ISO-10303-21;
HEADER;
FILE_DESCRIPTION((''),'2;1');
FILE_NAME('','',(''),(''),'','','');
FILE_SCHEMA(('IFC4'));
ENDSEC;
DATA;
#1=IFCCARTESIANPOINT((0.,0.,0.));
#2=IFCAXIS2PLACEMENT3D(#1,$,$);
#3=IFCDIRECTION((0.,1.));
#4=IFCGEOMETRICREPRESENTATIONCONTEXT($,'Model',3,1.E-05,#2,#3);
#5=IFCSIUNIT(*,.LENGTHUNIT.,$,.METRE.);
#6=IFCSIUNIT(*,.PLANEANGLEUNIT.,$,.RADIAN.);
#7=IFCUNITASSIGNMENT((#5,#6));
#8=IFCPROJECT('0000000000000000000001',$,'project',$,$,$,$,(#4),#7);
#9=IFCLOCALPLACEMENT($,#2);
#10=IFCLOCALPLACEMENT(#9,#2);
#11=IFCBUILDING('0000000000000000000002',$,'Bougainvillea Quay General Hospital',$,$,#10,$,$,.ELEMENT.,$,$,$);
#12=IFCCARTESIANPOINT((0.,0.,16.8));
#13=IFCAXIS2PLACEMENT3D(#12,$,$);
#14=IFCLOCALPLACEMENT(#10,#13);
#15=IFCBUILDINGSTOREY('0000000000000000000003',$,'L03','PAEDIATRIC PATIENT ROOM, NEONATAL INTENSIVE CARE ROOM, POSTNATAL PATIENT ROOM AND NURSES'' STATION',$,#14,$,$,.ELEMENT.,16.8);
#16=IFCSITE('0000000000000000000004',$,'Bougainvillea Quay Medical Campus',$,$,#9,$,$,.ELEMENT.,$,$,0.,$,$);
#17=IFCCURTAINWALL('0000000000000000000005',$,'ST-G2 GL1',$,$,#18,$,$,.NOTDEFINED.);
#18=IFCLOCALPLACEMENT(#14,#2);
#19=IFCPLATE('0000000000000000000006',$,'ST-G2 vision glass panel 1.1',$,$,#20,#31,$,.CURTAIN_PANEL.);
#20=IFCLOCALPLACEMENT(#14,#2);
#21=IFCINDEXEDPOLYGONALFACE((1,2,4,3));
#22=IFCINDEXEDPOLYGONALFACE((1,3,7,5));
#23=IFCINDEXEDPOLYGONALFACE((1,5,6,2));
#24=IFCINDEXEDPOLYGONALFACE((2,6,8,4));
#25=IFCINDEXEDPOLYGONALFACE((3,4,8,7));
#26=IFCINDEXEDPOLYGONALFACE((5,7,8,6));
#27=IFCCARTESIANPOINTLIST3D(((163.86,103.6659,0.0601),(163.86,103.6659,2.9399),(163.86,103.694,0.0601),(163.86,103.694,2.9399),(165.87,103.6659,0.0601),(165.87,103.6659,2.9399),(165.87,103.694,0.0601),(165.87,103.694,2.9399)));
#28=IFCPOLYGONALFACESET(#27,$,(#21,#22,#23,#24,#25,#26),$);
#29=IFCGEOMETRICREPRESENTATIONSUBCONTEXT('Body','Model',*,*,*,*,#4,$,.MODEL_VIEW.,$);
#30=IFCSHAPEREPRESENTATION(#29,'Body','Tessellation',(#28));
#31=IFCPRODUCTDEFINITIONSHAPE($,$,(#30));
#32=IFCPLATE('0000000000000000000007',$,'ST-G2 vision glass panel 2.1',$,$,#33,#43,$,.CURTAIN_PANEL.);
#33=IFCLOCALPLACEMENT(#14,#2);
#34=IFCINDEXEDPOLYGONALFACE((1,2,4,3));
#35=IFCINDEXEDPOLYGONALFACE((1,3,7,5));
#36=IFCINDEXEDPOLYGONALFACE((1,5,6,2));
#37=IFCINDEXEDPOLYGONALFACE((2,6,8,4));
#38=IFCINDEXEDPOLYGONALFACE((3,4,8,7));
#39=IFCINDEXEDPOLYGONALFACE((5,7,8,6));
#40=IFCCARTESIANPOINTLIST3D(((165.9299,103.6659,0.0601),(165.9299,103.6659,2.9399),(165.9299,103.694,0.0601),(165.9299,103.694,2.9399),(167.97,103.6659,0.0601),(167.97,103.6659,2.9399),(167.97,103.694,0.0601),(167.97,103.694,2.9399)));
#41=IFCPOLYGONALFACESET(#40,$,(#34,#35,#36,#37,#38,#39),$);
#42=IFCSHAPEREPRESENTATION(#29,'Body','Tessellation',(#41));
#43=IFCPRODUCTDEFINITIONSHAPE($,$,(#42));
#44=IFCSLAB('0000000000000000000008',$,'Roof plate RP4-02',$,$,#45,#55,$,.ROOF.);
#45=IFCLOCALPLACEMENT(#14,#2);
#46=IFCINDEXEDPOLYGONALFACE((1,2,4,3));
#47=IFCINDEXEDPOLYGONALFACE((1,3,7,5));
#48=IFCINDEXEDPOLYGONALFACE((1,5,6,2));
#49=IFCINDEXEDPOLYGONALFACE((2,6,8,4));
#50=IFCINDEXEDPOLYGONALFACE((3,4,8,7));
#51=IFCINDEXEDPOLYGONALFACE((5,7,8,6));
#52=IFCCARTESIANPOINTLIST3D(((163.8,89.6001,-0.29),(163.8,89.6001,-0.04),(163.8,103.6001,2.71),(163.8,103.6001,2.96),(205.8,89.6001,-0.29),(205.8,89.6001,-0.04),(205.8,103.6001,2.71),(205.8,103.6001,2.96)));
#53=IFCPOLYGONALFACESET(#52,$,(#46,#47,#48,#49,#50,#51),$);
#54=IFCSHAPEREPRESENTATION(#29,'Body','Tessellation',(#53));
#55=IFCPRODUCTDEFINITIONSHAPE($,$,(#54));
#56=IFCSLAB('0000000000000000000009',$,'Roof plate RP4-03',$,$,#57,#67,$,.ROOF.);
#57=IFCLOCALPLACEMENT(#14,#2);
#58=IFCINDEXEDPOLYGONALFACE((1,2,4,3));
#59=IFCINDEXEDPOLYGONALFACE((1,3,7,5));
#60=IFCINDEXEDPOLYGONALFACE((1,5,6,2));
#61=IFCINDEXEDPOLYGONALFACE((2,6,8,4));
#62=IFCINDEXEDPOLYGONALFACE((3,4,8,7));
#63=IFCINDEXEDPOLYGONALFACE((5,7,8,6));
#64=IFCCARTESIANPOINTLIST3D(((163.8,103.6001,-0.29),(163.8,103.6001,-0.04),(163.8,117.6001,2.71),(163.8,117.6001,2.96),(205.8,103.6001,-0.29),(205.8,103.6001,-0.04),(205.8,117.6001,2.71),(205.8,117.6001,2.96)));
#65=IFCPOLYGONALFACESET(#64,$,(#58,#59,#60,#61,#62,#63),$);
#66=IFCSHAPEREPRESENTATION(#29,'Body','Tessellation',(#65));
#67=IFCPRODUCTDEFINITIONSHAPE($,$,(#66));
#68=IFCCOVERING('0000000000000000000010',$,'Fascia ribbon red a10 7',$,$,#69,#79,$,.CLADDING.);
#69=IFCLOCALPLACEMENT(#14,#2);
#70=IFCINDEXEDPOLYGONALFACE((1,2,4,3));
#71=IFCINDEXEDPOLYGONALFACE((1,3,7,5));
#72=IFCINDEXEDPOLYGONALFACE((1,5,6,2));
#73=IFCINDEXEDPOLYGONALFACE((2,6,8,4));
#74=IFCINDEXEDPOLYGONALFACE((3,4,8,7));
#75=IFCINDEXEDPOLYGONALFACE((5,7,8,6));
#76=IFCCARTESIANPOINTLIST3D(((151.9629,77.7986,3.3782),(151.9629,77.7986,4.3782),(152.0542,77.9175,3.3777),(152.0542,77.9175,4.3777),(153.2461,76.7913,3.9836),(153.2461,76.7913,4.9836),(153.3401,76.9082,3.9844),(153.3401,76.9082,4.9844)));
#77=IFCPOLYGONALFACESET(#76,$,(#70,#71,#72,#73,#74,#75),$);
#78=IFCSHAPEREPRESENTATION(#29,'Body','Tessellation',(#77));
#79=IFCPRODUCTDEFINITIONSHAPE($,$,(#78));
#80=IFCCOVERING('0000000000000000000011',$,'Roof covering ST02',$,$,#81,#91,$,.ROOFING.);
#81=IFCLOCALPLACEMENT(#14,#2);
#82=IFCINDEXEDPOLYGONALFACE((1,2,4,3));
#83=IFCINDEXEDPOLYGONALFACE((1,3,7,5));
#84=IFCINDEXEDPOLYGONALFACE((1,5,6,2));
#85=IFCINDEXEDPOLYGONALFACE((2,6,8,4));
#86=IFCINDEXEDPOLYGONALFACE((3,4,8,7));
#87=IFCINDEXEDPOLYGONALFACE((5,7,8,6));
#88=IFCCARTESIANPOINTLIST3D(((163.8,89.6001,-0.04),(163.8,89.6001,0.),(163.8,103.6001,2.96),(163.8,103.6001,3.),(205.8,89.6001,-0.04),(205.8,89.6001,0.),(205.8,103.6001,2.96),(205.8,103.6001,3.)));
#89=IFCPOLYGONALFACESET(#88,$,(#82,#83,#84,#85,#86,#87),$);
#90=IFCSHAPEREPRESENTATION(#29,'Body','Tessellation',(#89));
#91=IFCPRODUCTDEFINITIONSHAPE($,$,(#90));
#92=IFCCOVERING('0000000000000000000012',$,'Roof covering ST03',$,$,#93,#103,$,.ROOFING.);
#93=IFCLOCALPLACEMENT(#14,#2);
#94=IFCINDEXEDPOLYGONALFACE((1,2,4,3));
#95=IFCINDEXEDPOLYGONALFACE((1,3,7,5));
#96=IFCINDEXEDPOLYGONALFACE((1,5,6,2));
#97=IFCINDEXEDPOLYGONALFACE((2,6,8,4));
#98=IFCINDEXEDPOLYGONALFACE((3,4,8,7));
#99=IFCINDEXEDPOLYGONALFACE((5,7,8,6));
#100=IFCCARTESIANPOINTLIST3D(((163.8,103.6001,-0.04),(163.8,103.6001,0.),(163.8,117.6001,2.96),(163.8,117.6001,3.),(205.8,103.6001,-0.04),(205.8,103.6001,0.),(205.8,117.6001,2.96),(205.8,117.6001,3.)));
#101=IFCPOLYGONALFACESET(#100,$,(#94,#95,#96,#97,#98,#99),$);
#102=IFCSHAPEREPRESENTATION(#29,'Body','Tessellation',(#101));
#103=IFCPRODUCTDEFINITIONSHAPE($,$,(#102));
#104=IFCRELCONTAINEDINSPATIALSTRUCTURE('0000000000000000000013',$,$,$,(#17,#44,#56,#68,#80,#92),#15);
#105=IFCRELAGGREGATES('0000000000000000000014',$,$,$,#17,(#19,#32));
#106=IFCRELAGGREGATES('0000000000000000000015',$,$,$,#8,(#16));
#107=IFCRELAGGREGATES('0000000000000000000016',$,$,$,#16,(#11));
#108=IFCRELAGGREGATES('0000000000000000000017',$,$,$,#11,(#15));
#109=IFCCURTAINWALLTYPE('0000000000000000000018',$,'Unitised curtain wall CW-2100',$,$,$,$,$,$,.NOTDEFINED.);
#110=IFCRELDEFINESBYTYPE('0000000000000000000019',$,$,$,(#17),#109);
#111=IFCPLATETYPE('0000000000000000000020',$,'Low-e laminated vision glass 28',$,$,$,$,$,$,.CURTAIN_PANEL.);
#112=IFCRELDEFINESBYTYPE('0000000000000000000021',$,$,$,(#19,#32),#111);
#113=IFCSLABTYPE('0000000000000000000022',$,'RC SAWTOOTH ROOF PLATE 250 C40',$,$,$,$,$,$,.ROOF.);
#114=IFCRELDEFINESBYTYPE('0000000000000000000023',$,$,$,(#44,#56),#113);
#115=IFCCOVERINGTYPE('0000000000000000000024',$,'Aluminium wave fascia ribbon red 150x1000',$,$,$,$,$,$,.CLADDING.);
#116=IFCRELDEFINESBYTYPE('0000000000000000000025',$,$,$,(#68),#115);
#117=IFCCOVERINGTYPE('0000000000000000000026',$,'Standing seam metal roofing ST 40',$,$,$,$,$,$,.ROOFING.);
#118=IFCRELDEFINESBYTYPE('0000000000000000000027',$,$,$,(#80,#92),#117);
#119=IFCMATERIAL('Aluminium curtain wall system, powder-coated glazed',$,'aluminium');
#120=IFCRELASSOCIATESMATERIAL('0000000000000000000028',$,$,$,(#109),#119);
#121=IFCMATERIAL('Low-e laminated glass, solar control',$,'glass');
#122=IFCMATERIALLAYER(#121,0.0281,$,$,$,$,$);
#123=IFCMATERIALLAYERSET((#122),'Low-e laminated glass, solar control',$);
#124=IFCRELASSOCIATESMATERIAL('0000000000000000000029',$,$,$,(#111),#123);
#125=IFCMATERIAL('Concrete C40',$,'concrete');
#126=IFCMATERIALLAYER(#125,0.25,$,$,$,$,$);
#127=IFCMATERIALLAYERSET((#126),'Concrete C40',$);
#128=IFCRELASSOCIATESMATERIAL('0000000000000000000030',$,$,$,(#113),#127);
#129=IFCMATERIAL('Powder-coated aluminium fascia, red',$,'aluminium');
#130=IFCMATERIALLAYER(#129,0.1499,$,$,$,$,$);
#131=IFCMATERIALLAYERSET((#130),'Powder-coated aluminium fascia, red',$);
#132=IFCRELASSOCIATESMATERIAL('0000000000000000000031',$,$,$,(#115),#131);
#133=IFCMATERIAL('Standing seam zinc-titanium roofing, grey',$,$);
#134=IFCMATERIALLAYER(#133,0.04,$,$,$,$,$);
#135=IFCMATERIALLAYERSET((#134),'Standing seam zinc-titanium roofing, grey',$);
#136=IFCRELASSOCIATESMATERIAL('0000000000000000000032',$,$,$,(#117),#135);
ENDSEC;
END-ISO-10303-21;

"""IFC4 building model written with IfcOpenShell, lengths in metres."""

from ifc_helpers import new_model, si_unit, direction, frame, origin, origin_2d, place, context, subcontext, project, spatial, polyline, rectangle, outline, extrude, material, layer, layer_set, type_object, element, aggregate, save


model = new_model("IFC4")

# Units and contexts
model_context = context("Model", 3, precision=1e-05, world=origin(), true_north=direction((0.0, 1.0)))
body_context = subcontext(model_context, "Body", "Model", "MODEL_VIEW")
ifc_project = project(units=[si_unit("LENGTHUNIT", "METRE"), si_unit("PLANEANGLEUNIT", "RADIAN")], contexts=[model_context])

# Site, building, storey
site_placement = place(None, origin())
site = spatial("IfcSite", under=ifc_project, at=site_placement, Name="Bougainvillea Quay Medical Campus", CompositionType="ELEMENT", RefElevation=0.0)
building_placement = place(site_placement, origin())
building = spatial("IfcBuilding", under=site, at=building_placement, Name="Bougainvillea Quay General Hospital", CompositionType="ELEMENT")
storey_placement = place(building_placement, frame((0.0, 0.0, 16.8)))
storey = spatial("IfcBuildingStorey", under=building, at=storey_placement, Name="L03", Description="PAEDIATRIC PATIENT ROOM, NEONATAL INTENSIVE CARE ROOM, POSTNATAL PATIENT ROOM AND NURSES' STATION", CompositionType="ELEMENT", Elevation=16.8)

# Curtain wall
ifc_material_1 = material(Name="Aluminium curtain wall system, powder-coated glazed", Category="aluminium")
curtain_wall_type = type_object("IfcCurtainWallType", Name="Unitised curtain wall CW-2100", PredefinedType="NOTDEFINED", material=ifc_material_1)
curtain_wall_1_placement = place(storey_placement, origin())
curtain_wall_1 = element("IfcCurtainWall", 1, at=curtain_wall_1_placement, inside=storey, type_object=curtain_wall_type, Name="ST-G2 GL1", PredefinedType="NOTDEFINED")

# Plates
ifc_material_2 = material(Name="Low-e laminated glass, solar control", Category="glass")
ifc_layer_1 = layer(ifc_material_2, 0.0281)
ifc_layer_set_1 = layer_set([ifc_layer_1], Name="Low-e laminated glass, solar control")
plate_type = type_object("IfcPlateType", Name="Low-e laminated vision glass 28", PredefinedType="CURTAIN_PANEL", material=ifc_layer_set_1)
plate_1_placement = place(storey_placement, frame((164.865, 103.6799, 0.0601), z_axis=(0.0, 0.0, 1.0), x_axis=(1.0, 0.0, 0.0)))
plate_1 = element("IfcPlate", 2, at=plate_1_placement, type_object=plate_type, Name="ST-G2 vision glass panel 1.1", PredefinedType="CURTAIN_PANEL", context=body_context, shape_type="SweptSolid", body=[
    extrude(rectangle(XDim=2.01, YDim=0.0281, at=origin_2d()), origin(), (0.0, 0.0, 1.0), 2.8799),
])
plate_2_placement = place(storey_placement, frame((166.95, 103.6799, 0.0601), z_axis=(0.0, 0.0, 1.0), x_axis=(1.0, 0.0, 0.0)))
plate_2 = element("IfcPlate", 3, at=plate_2_placement, type_object=plate_type, Name="ST-G2 vision glass panel 2.1", PredefinedType="CURTAIN_PANEL", context=body_context, shape_type="SweptSolid", body=[
    extrude(rectangle(XDim=2.04, YDim=0.0281, at=origin_2d()), origin(), (0.0, 0.0, 1.0), 2.8799),
])
aggregate(curtain_wall_1, [plate_1, plate_2])

# Slabs
ifc_material_3 = material(Name="Concrete C40", Category="concrete")
ifc_layer_2 = layer(ifc_material_3, 0.25)
ifc_layer_set_2 = layer_set([ifc_layer_2], Name="Concrete C40")
slab_type = type_object("IfcSlabType", Name="RC SAWTOOTH ROOF PLATE 250 C40", PredefinedType="ROOF", material=ifc_layer_set_2)
for number, where, z_axis, x_axis, name in (
    (4, (163.8, 89.6001, -0.04), (0.0, -0.209529, 0.977802), (1.0, 0.0, 0.0), "Roof plate RP4-02"),
    (5, (163.8, 103.6001, -0.04), (0.0, -0.209529, 0.977802), (1.0, 0.0, 0.0), "Roof plate RP4-03"),
):
    element("IfcSlab", number, at=place(storey_placement, frame(where, z_axis=z_axis, x_axis=x_axis)), inside=storey, type_object=slab_type, Name=name, PredefinedType="ROOF", context=body_context, shape_type="SweptSolid", body=[
        extrude(outline(polyline([(0.0, 0.0), (42.0, 0.0), (42.0, 14.3178), (0.0, 14.3178), (0.0, 0.0)])), origin(), (0.0, -0.209529, -0.977802), 0.25),
    ])

# Coverings
ifc_material_4 = material(Name="Powder-coated aluminium fascia, red", Category="aluminium")
ifc_layer_3 = layer(ifc_material_4, 0.1499)
ifc_layer_set_3 = layer_set([ifc_layer_3], Name="Powder-coated aluminium fascia, red")
covering_type_1 = type_object("IfcCoveringType", Name="Aluminium wave fascia ribbon red 150x1000", PredefinedType="CLADDING", material=ifc_layer_set_3)
covering_placement = place(storey_placement, frame((153.2461, 76.7913, 3.9836), z_axis=(-0.274071, 0.214371, 0.937513), x_axis=(-0.737437, 0.578893, -0.34795)))
element("IfcCovering", 6, at=covering_placement, inside=storey, type_object=covering_type_1, Name="Fascia ribbon red a10 7", PredefinedType="CLADDING", context=body_context, shape_type="SweptSolid", body=[
    extrude(outline(polyline([(0.0, 0.0), (1.7401, 0.0), (1.7418, -0.1499), (-0.0019, -0.15), (0.0, 0.0)])), origin(), (-0.34795, -0.000573, 0.937513), 1.0),
])
ifc_material_5 = material(Name="Standing seam zinc-titanium roofing, grey")
ifc_layer_4 = layer(ifc_material_5, 0.04)
ifc_layer_set_4 = layer_set([ifc_layer_4], Name="Standing seam zinc-titanium roofing, grey")
covering_type_2 = type_object("IfcCoveringType", Name="Standing seam metal roofing ST 40", PredefinedType="ROOFING", material=ifc_layer_set_4)
for number, where, z_axis, x_axis, name in (
    (7, (163.8, 89.6001, 0.0), (0.0, -0.209529, 0.977802), (1.0, 0.0, 0.0), "Roof covering ST02"),
    (8, (163.8, 103.6001, 0.0), (0.0, -0.209529, 0.977802), (1.0, 0.0, 0.0), "Roof covering ST03"),
):
    element("IfcCovering", number, at=place(storey_placement, frame(where, z_axis=z_axis, x_axis=x_axis)), inside=storey, type_object=covering_type_2, Name=name, PredefinedType="ROOFING", context=body_context, shape_type="SweptSolid", body=[
        extrude(outline(polyline([(0.0, 0.0), (42.0, 0.0), (42.0, 14.3178), (0.0, 14.3178), (0.0, 0.0)])), origin(), (0.0, -0.209529, -0.977802), 0.04),
    ])

save(model, "model.ifc")
